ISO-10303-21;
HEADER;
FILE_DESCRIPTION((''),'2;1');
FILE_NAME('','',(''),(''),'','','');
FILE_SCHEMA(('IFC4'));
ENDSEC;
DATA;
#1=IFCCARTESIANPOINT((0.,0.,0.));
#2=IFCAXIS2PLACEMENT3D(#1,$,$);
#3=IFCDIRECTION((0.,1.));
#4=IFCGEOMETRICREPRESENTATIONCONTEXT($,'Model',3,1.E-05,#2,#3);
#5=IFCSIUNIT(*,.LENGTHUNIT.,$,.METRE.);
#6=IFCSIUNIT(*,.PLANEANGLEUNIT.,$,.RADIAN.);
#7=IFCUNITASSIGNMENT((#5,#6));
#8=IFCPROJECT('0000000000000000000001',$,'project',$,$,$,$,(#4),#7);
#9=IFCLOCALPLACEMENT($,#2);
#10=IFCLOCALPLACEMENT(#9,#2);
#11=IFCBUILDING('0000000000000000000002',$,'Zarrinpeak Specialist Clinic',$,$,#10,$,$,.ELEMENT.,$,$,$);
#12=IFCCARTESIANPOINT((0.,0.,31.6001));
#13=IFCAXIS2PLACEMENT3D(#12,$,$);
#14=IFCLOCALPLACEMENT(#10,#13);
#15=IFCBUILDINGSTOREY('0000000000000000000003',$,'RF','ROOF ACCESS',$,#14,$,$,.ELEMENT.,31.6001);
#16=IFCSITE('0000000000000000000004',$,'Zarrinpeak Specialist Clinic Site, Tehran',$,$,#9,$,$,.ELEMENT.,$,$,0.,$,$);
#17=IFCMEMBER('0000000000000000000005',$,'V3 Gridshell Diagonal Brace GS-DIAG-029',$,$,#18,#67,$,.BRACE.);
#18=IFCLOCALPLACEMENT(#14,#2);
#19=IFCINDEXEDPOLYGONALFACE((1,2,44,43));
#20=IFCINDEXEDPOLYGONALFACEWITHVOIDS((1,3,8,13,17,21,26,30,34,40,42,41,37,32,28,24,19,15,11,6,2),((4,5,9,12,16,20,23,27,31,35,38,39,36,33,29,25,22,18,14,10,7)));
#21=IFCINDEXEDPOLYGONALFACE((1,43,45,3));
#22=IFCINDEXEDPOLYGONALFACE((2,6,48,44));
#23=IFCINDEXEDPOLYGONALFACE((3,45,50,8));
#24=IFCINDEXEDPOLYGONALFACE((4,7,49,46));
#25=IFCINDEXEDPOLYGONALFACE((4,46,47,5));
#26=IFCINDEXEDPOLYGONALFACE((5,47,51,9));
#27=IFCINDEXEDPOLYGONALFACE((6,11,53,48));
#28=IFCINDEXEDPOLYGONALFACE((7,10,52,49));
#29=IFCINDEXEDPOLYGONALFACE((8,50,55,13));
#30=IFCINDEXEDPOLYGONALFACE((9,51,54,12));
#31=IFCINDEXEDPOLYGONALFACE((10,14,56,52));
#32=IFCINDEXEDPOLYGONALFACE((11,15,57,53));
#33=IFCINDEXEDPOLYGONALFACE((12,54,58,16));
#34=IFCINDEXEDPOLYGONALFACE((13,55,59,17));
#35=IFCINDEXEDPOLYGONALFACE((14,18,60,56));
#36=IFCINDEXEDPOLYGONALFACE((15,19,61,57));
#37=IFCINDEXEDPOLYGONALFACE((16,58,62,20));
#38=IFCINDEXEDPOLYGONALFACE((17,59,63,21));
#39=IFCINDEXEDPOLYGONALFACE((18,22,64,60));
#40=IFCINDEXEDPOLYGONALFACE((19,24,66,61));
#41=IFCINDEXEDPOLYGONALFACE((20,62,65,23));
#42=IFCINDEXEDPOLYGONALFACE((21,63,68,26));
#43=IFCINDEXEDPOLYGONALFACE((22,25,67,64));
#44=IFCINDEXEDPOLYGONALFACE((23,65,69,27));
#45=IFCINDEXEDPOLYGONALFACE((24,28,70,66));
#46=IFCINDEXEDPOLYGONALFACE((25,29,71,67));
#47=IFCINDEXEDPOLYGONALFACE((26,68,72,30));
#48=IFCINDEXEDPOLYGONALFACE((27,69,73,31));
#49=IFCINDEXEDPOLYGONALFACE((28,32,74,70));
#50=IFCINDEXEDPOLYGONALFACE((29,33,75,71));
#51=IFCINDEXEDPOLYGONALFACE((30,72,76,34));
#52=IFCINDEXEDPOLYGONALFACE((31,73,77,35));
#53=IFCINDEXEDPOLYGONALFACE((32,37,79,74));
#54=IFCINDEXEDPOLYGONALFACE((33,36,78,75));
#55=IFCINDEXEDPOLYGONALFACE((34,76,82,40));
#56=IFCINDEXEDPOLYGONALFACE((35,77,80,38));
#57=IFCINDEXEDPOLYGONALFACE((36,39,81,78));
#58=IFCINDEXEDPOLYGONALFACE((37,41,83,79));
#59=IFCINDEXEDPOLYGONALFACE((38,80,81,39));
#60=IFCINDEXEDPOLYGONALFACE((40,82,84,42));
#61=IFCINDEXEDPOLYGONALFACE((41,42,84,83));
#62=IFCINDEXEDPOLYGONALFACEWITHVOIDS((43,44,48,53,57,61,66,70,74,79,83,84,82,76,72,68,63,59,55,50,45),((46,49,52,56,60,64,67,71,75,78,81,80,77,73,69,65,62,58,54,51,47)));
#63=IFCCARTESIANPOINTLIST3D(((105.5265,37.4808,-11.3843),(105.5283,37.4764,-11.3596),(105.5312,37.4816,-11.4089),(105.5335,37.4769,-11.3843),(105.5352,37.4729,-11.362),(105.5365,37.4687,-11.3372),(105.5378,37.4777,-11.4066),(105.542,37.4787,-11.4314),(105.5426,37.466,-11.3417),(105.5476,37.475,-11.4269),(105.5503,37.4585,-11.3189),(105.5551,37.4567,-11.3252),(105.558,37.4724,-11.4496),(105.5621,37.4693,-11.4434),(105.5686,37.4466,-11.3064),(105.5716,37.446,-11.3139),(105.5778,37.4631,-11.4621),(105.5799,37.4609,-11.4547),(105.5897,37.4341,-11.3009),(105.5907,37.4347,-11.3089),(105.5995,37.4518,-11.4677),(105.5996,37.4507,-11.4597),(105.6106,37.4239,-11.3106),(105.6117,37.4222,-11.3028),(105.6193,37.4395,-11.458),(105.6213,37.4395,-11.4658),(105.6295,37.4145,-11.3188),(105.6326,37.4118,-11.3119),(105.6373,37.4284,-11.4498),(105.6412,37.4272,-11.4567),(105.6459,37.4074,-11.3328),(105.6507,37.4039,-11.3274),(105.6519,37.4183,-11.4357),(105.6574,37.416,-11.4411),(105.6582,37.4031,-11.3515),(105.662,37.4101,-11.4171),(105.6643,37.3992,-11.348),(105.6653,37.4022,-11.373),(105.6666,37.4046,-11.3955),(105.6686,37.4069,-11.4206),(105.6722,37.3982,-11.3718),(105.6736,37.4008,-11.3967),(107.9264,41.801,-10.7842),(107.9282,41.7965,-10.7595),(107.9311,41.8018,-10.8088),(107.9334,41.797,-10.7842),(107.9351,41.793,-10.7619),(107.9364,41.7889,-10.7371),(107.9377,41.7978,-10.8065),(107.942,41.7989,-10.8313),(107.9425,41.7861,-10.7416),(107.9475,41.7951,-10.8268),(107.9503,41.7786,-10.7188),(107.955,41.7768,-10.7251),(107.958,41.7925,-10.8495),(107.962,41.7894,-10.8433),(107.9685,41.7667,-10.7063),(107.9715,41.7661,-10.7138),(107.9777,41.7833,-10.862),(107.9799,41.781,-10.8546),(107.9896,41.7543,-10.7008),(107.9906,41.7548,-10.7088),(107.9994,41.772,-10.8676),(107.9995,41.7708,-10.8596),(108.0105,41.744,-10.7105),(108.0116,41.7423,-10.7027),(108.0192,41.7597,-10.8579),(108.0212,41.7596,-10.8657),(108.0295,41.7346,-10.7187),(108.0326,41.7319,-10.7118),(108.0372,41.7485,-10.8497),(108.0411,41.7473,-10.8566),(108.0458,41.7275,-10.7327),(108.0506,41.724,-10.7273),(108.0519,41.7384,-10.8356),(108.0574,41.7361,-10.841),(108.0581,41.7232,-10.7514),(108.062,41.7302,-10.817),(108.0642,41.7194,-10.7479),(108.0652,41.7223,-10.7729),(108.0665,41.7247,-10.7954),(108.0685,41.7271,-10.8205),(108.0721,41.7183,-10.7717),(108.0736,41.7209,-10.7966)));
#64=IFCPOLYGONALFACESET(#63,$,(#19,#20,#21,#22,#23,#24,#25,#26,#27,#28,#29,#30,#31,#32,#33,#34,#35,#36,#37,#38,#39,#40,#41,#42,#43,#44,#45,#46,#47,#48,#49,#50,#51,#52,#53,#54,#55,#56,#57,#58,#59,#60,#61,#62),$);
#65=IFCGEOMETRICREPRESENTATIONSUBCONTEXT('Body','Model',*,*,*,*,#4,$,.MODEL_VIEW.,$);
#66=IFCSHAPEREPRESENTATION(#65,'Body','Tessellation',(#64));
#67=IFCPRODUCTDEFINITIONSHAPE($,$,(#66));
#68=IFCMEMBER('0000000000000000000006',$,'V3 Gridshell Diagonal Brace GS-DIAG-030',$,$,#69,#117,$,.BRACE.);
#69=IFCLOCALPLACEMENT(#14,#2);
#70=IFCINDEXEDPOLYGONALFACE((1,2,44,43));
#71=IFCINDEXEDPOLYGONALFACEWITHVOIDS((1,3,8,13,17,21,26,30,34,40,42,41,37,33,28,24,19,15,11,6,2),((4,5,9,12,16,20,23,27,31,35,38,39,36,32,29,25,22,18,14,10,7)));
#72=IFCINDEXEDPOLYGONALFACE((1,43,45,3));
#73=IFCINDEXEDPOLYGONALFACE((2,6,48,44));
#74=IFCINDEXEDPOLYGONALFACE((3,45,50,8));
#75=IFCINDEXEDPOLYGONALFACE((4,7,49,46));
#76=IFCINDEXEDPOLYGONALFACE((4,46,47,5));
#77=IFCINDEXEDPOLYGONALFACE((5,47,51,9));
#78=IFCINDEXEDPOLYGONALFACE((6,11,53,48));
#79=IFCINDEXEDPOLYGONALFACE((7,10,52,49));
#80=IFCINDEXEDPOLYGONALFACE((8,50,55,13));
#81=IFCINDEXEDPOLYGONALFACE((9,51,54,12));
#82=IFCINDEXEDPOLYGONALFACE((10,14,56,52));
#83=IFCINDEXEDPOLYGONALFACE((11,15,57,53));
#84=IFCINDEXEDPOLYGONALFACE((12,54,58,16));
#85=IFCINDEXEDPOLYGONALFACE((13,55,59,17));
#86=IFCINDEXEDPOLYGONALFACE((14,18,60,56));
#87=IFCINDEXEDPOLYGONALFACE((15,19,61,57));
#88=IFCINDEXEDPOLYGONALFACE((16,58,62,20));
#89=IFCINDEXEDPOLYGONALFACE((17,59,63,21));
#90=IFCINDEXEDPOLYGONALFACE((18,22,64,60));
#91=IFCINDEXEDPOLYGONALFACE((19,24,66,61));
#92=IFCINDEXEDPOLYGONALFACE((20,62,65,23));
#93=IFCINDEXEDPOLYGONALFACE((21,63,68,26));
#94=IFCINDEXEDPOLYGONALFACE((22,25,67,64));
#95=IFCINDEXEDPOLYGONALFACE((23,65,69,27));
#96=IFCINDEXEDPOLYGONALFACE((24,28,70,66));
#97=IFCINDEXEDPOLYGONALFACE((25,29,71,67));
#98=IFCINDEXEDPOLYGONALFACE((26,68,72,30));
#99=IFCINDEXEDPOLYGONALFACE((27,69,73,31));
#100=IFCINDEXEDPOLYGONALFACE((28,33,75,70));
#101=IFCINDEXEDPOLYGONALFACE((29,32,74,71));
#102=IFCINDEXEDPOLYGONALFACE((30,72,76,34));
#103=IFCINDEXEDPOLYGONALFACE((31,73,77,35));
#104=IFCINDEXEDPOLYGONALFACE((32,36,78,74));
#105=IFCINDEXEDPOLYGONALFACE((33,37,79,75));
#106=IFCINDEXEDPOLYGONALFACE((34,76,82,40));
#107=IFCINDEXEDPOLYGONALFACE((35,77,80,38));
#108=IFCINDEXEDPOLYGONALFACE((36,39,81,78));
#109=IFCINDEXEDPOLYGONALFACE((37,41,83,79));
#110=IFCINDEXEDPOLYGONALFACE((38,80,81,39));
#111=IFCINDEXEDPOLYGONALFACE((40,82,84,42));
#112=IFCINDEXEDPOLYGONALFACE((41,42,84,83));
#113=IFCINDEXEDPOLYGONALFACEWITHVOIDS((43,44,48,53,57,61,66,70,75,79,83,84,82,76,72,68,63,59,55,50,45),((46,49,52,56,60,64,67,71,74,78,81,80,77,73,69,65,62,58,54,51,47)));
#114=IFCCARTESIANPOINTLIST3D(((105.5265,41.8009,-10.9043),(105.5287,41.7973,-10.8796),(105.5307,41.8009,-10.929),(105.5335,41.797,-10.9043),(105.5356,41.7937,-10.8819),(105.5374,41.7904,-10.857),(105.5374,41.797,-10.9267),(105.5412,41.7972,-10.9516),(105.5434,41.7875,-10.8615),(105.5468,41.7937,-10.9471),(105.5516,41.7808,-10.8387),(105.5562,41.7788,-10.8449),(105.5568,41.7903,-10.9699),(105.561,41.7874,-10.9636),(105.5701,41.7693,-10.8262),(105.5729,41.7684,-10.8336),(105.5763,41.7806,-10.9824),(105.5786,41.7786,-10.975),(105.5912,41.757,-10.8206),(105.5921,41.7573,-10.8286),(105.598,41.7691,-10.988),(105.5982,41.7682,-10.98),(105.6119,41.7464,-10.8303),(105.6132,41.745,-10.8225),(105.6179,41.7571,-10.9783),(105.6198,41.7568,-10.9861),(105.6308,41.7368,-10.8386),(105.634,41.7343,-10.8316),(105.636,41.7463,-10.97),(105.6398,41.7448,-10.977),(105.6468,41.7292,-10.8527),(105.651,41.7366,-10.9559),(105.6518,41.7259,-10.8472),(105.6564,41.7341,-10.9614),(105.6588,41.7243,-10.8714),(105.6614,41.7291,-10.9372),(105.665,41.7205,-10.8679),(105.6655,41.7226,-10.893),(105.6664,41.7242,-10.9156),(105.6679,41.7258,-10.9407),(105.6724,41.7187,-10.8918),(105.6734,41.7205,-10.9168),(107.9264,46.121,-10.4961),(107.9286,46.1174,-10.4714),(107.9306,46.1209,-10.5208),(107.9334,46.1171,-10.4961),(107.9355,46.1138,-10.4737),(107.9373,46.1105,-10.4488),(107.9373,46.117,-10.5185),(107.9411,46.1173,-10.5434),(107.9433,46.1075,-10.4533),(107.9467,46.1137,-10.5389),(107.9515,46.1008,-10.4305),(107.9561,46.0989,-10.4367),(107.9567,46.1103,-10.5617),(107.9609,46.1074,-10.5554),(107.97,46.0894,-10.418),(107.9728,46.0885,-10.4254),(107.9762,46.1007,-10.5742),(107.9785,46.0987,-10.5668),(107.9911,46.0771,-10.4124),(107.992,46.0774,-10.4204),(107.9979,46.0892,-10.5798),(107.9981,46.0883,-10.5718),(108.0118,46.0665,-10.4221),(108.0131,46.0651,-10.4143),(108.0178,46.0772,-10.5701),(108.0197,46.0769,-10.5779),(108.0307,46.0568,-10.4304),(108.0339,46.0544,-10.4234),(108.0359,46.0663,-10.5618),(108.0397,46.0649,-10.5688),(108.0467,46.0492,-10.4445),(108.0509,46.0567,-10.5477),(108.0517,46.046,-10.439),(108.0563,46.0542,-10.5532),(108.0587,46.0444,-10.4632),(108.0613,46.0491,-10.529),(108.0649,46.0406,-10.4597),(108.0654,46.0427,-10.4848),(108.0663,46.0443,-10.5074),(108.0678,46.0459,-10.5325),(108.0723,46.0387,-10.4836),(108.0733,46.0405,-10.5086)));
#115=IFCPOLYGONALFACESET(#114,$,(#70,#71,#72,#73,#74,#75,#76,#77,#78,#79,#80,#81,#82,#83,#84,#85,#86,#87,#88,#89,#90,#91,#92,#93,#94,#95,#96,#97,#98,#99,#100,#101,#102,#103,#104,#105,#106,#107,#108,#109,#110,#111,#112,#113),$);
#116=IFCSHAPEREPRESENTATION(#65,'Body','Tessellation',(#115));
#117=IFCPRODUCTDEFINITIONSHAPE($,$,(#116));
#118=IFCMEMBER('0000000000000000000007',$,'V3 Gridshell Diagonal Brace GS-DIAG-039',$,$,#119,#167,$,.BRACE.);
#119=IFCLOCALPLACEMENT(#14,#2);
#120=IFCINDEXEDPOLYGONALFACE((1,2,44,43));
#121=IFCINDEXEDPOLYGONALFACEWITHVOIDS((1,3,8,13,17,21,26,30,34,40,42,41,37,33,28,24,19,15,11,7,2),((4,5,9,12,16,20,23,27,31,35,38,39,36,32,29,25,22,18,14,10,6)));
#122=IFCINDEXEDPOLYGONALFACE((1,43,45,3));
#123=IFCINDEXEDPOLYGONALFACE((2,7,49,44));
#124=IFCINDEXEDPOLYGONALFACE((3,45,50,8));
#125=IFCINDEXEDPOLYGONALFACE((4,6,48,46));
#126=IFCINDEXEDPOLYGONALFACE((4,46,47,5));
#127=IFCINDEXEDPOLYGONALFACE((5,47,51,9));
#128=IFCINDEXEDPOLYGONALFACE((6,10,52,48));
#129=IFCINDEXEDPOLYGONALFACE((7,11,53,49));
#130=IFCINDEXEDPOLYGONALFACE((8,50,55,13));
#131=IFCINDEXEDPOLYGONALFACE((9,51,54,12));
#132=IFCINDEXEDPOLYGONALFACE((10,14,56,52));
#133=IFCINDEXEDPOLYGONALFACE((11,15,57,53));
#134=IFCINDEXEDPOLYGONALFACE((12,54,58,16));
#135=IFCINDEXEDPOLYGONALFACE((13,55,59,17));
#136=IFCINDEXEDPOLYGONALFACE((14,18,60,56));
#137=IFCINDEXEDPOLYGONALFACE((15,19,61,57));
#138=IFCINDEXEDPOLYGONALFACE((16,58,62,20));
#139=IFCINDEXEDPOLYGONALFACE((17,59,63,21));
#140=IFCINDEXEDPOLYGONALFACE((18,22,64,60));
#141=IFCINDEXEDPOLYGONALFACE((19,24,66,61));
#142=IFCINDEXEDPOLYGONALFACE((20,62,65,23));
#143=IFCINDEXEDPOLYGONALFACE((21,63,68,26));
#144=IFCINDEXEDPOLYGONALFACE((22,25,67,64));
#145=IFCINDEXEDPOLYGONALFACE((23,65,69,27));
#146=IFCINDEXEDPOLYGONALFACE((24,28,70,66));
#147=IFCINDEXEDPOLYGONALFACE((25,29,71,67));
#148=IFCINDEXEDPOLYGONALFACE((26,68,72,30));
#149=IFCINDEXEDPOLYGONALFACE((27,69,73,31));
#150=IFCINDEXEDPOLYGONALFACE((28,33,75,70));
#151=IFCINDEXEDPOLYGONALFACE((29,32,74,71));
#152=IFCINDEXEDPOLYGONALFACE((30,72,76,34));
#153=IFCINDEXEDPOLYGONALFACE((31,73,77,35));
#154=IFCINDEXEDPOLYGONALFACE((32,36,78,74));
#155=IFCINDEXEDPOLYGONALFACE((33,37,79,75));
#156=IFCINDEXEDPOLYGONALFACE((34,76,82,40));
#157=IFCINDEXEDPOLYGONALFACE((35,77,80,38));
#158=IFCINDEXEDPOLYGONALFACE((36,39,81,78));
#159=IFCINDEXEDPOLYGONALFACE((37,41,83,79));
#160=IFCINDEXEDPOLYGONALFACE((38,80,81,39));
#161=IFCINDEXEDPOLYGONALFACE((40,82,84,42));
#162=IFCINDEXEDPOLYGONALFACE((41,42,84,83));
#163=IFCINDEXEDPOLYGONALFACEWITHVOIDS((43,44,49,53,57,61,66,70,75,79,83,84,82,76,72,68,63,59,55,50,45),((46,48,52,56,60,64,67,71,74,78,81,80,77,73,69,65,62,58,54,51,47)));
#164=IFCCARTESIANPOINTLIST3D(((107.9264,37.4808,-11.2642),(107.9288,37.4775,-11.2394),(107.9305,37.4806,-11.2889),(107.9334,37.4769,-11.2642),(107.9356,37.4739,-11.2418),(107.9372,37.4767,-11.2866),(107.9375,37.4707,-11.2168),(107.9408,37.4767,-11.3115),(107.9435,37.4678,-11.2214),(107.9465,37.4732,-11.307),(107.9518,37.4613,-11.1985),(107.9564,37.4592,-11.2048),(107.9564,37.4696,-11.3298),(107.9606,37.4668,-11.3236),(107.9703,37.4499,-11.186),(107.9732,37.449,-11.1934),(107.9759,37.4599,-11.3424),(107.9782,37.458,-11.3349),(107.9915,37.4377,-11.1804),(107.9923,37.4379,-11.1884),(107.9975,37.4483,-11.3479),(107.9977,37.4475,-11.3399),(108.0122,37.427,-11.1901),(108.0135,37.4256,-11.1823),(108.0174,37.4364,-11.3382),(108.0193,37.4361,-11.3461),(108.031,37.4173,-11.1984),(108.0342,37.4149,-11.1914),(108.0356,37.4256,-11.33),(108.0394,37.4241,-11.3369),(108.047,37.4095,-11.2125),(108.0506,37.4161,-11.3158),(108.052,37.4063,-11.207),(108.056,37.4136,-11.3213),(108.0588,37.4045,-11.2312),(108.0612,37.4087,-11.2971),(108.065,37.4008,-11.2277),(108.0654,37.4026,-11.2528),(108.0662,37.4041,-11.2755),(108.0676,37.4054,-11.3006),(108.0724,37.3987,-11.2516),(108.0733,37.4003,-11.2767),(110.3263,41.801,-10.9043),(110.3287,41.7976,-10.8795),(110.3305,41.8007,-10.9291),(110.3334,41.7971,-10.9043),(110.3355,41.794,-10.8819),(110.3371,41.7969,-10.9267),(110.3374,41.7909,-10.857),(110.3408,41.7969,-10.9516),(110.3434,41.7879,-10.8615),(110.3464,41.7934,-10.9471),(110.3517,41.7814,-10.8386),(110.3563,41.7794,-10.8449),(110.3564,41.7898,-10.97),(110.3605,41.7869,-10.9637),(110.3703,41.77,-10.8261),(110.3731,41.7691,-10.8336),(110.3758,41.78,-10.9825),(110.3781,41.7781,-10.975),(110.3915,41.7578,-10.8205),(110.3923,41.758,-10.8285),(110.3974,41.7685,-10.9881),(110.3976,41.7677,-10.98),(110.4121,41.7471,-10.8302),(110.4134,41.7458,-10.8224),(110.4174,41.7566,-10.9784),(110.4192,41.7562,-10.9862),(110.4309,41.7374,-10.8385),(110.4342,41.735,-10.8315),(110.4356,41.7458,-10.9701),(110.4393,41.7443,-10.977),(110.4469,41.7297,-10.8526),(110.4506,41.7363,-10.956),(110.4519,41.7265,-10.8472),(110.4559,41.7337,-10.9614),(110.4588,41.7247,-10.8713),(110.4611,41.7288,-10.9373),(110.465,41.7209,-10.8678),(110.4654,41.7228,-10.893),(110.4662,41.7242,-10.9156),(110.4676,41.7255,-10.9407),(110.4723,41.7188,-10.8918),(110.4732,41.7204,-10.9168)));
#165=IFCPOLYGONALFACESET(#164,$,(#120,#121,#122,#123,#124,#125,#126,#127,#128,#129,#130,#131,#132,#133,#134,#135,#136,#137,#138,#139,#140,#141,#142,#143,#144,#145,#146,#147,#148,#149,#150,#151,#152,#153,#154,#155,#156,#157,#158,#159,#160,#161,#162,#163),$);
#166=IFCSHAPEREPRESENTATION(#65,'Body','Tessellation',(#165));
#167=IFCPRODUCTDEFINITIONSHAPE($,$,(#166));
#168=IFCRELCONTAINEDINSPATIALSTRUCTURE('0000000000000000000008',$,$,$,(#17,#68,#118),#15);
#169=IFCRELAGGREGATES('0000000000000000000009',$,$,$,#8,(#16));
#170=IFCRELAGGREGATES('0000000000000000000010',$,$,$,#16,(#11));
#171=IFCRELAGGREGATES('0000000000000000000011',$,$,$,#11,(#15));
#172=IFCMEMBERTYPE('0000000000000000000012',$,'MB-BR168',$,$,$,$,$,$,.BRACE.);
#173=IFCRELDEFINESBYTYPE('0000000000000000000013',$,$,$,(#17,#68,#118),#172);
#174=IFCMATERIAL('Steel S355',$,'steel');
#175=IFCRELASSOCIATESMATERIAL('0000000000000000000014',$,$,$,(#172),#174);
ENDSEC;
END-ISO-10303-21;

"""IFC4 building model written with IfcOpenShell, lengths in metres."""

from ifc_helpers import new_model, si_unit, direction, frame, origin, origin_2d, place, context, subcontext, project, spatial, hollow_circle, extrude, material, material_profile, profile_set, type_object, element, save


model = new_model("IFC4")

# Units and contexts
model_context = context("Model", 3, precision=1e-05, world=origin(), true_north=direction((0.0, 1.0)))
body_context = subcontext(model_context, "Body", "Model", "MODEL_VIEW")
ifc_project = project(units=[si_unit("LENGTHUNIT", "METRE"), si_unit("PLANEANGLEUNIT", "RADIAN")], contexts=[model_context])

# Site, building, storey
site_placement = place(None, origin())
site = spatial("IfcSite", under=ifc_project, at=site_placement, Name="Zarrinpeak Specialist Clinic Site, Tehran", CompositionType="ELEMENT", RefElevation=0.0)
building_placement = place(site_placement, origin())
building = spatial("IfcBuilding", under=site, at=building_placement, Name="Zarrinpeak Specialist Clinic", CompositionType="ELEMENT")
storey_placement = place(building_placement, frame((0.0, 0.0, 31.6001)))
storey = spatial("IfcBuildingStorey", under=building, at=storey_placement, Name="RF", Description="ROOF ACCESS", CompositionType="ELEMENT", Elevation=31.6001)

# Members
ifc_material_1 = material(Name="Steel S355", Category="steel")
ifc_material_profile_1 = material_profile(ifc_material_1, hollow_circle(Radius=0.0842, WallThickness=0.0081, at=origin_2d()), Name="CHS 168.3x8.0")
ifc_profile_set_1 = profile_set([ifc_material_profile_1], Name="Steel S355")
member_type_1 = type_object("IfcMemberType", Name="MB-BR168", PredefinedType="BRACE", material=ifc_profile_set_1)
member_1_placement = place(storey_placement, frame((105.6001, 37.4399, -11.3843), z_axis=(0.482081, 0.867794, 0.120545), x_axis=(-0.874169, 0.485622, 0.0)))
element("IfcMember", 1, at=member_1_placement, inside=storey, type_object=member_type_1, Name="V3 Gridshell Diagonal Brace GS-DIAG-029", PredefinedType="BRACE", context=body_context, shape_type="SweptSolid", body=[
    extrude(hollow_circle(Radius=0.0842, WallThickness=0.0081, at=origin_2d()), origin(), (0.0, 0.0, 1.0), 4.9783),
])
member_2_placement = place(storey_placement, frame((105.6001, 41.76, -10.9043), z_axis=(0.483974, 0.871202, 0.08232), x_axis=(-0.874169, 0.485622, 0.0)))
element("IfcMember", 2, at=member_2_placement, inside=storey, type_object=member_type_1, Name="V3 Gridshell Diagonal Brace GS-DIAG-030", PredefinedType="BRACE", context=body_context, shape_type="SweptSolid", body=[
    extrude(hollow_circle(Radius=0.0842, WallThickness=0.0081, at=origin_2d()), origin(), (0.0, 0.0, 1.0), 4.9587),
])
member_3_placement = place(storey_placement, frame((108.0, 37.4399, -11.2642), z_axis=(0.48434, 0.87186, 0.072626), x_axis=(-0.874169, 0.485622, 0.0)))
element("IfcMember", 3, at=member_3_placement, inside=storey, type_object=member_type_1, Name="V3 Gridshell Diagonal Brace GS-DIAG-039", PredefinedType="BRACE", context=body_context, shape_type="SweptSolid", body=[
    extrude(hollow_circle(Radius=0.0842, WallThickness=0.0081, at=origin_2d()), origin(), (0.0, 0.0, 1.0), 4.9551),
])

save(model, "model.ifc")
